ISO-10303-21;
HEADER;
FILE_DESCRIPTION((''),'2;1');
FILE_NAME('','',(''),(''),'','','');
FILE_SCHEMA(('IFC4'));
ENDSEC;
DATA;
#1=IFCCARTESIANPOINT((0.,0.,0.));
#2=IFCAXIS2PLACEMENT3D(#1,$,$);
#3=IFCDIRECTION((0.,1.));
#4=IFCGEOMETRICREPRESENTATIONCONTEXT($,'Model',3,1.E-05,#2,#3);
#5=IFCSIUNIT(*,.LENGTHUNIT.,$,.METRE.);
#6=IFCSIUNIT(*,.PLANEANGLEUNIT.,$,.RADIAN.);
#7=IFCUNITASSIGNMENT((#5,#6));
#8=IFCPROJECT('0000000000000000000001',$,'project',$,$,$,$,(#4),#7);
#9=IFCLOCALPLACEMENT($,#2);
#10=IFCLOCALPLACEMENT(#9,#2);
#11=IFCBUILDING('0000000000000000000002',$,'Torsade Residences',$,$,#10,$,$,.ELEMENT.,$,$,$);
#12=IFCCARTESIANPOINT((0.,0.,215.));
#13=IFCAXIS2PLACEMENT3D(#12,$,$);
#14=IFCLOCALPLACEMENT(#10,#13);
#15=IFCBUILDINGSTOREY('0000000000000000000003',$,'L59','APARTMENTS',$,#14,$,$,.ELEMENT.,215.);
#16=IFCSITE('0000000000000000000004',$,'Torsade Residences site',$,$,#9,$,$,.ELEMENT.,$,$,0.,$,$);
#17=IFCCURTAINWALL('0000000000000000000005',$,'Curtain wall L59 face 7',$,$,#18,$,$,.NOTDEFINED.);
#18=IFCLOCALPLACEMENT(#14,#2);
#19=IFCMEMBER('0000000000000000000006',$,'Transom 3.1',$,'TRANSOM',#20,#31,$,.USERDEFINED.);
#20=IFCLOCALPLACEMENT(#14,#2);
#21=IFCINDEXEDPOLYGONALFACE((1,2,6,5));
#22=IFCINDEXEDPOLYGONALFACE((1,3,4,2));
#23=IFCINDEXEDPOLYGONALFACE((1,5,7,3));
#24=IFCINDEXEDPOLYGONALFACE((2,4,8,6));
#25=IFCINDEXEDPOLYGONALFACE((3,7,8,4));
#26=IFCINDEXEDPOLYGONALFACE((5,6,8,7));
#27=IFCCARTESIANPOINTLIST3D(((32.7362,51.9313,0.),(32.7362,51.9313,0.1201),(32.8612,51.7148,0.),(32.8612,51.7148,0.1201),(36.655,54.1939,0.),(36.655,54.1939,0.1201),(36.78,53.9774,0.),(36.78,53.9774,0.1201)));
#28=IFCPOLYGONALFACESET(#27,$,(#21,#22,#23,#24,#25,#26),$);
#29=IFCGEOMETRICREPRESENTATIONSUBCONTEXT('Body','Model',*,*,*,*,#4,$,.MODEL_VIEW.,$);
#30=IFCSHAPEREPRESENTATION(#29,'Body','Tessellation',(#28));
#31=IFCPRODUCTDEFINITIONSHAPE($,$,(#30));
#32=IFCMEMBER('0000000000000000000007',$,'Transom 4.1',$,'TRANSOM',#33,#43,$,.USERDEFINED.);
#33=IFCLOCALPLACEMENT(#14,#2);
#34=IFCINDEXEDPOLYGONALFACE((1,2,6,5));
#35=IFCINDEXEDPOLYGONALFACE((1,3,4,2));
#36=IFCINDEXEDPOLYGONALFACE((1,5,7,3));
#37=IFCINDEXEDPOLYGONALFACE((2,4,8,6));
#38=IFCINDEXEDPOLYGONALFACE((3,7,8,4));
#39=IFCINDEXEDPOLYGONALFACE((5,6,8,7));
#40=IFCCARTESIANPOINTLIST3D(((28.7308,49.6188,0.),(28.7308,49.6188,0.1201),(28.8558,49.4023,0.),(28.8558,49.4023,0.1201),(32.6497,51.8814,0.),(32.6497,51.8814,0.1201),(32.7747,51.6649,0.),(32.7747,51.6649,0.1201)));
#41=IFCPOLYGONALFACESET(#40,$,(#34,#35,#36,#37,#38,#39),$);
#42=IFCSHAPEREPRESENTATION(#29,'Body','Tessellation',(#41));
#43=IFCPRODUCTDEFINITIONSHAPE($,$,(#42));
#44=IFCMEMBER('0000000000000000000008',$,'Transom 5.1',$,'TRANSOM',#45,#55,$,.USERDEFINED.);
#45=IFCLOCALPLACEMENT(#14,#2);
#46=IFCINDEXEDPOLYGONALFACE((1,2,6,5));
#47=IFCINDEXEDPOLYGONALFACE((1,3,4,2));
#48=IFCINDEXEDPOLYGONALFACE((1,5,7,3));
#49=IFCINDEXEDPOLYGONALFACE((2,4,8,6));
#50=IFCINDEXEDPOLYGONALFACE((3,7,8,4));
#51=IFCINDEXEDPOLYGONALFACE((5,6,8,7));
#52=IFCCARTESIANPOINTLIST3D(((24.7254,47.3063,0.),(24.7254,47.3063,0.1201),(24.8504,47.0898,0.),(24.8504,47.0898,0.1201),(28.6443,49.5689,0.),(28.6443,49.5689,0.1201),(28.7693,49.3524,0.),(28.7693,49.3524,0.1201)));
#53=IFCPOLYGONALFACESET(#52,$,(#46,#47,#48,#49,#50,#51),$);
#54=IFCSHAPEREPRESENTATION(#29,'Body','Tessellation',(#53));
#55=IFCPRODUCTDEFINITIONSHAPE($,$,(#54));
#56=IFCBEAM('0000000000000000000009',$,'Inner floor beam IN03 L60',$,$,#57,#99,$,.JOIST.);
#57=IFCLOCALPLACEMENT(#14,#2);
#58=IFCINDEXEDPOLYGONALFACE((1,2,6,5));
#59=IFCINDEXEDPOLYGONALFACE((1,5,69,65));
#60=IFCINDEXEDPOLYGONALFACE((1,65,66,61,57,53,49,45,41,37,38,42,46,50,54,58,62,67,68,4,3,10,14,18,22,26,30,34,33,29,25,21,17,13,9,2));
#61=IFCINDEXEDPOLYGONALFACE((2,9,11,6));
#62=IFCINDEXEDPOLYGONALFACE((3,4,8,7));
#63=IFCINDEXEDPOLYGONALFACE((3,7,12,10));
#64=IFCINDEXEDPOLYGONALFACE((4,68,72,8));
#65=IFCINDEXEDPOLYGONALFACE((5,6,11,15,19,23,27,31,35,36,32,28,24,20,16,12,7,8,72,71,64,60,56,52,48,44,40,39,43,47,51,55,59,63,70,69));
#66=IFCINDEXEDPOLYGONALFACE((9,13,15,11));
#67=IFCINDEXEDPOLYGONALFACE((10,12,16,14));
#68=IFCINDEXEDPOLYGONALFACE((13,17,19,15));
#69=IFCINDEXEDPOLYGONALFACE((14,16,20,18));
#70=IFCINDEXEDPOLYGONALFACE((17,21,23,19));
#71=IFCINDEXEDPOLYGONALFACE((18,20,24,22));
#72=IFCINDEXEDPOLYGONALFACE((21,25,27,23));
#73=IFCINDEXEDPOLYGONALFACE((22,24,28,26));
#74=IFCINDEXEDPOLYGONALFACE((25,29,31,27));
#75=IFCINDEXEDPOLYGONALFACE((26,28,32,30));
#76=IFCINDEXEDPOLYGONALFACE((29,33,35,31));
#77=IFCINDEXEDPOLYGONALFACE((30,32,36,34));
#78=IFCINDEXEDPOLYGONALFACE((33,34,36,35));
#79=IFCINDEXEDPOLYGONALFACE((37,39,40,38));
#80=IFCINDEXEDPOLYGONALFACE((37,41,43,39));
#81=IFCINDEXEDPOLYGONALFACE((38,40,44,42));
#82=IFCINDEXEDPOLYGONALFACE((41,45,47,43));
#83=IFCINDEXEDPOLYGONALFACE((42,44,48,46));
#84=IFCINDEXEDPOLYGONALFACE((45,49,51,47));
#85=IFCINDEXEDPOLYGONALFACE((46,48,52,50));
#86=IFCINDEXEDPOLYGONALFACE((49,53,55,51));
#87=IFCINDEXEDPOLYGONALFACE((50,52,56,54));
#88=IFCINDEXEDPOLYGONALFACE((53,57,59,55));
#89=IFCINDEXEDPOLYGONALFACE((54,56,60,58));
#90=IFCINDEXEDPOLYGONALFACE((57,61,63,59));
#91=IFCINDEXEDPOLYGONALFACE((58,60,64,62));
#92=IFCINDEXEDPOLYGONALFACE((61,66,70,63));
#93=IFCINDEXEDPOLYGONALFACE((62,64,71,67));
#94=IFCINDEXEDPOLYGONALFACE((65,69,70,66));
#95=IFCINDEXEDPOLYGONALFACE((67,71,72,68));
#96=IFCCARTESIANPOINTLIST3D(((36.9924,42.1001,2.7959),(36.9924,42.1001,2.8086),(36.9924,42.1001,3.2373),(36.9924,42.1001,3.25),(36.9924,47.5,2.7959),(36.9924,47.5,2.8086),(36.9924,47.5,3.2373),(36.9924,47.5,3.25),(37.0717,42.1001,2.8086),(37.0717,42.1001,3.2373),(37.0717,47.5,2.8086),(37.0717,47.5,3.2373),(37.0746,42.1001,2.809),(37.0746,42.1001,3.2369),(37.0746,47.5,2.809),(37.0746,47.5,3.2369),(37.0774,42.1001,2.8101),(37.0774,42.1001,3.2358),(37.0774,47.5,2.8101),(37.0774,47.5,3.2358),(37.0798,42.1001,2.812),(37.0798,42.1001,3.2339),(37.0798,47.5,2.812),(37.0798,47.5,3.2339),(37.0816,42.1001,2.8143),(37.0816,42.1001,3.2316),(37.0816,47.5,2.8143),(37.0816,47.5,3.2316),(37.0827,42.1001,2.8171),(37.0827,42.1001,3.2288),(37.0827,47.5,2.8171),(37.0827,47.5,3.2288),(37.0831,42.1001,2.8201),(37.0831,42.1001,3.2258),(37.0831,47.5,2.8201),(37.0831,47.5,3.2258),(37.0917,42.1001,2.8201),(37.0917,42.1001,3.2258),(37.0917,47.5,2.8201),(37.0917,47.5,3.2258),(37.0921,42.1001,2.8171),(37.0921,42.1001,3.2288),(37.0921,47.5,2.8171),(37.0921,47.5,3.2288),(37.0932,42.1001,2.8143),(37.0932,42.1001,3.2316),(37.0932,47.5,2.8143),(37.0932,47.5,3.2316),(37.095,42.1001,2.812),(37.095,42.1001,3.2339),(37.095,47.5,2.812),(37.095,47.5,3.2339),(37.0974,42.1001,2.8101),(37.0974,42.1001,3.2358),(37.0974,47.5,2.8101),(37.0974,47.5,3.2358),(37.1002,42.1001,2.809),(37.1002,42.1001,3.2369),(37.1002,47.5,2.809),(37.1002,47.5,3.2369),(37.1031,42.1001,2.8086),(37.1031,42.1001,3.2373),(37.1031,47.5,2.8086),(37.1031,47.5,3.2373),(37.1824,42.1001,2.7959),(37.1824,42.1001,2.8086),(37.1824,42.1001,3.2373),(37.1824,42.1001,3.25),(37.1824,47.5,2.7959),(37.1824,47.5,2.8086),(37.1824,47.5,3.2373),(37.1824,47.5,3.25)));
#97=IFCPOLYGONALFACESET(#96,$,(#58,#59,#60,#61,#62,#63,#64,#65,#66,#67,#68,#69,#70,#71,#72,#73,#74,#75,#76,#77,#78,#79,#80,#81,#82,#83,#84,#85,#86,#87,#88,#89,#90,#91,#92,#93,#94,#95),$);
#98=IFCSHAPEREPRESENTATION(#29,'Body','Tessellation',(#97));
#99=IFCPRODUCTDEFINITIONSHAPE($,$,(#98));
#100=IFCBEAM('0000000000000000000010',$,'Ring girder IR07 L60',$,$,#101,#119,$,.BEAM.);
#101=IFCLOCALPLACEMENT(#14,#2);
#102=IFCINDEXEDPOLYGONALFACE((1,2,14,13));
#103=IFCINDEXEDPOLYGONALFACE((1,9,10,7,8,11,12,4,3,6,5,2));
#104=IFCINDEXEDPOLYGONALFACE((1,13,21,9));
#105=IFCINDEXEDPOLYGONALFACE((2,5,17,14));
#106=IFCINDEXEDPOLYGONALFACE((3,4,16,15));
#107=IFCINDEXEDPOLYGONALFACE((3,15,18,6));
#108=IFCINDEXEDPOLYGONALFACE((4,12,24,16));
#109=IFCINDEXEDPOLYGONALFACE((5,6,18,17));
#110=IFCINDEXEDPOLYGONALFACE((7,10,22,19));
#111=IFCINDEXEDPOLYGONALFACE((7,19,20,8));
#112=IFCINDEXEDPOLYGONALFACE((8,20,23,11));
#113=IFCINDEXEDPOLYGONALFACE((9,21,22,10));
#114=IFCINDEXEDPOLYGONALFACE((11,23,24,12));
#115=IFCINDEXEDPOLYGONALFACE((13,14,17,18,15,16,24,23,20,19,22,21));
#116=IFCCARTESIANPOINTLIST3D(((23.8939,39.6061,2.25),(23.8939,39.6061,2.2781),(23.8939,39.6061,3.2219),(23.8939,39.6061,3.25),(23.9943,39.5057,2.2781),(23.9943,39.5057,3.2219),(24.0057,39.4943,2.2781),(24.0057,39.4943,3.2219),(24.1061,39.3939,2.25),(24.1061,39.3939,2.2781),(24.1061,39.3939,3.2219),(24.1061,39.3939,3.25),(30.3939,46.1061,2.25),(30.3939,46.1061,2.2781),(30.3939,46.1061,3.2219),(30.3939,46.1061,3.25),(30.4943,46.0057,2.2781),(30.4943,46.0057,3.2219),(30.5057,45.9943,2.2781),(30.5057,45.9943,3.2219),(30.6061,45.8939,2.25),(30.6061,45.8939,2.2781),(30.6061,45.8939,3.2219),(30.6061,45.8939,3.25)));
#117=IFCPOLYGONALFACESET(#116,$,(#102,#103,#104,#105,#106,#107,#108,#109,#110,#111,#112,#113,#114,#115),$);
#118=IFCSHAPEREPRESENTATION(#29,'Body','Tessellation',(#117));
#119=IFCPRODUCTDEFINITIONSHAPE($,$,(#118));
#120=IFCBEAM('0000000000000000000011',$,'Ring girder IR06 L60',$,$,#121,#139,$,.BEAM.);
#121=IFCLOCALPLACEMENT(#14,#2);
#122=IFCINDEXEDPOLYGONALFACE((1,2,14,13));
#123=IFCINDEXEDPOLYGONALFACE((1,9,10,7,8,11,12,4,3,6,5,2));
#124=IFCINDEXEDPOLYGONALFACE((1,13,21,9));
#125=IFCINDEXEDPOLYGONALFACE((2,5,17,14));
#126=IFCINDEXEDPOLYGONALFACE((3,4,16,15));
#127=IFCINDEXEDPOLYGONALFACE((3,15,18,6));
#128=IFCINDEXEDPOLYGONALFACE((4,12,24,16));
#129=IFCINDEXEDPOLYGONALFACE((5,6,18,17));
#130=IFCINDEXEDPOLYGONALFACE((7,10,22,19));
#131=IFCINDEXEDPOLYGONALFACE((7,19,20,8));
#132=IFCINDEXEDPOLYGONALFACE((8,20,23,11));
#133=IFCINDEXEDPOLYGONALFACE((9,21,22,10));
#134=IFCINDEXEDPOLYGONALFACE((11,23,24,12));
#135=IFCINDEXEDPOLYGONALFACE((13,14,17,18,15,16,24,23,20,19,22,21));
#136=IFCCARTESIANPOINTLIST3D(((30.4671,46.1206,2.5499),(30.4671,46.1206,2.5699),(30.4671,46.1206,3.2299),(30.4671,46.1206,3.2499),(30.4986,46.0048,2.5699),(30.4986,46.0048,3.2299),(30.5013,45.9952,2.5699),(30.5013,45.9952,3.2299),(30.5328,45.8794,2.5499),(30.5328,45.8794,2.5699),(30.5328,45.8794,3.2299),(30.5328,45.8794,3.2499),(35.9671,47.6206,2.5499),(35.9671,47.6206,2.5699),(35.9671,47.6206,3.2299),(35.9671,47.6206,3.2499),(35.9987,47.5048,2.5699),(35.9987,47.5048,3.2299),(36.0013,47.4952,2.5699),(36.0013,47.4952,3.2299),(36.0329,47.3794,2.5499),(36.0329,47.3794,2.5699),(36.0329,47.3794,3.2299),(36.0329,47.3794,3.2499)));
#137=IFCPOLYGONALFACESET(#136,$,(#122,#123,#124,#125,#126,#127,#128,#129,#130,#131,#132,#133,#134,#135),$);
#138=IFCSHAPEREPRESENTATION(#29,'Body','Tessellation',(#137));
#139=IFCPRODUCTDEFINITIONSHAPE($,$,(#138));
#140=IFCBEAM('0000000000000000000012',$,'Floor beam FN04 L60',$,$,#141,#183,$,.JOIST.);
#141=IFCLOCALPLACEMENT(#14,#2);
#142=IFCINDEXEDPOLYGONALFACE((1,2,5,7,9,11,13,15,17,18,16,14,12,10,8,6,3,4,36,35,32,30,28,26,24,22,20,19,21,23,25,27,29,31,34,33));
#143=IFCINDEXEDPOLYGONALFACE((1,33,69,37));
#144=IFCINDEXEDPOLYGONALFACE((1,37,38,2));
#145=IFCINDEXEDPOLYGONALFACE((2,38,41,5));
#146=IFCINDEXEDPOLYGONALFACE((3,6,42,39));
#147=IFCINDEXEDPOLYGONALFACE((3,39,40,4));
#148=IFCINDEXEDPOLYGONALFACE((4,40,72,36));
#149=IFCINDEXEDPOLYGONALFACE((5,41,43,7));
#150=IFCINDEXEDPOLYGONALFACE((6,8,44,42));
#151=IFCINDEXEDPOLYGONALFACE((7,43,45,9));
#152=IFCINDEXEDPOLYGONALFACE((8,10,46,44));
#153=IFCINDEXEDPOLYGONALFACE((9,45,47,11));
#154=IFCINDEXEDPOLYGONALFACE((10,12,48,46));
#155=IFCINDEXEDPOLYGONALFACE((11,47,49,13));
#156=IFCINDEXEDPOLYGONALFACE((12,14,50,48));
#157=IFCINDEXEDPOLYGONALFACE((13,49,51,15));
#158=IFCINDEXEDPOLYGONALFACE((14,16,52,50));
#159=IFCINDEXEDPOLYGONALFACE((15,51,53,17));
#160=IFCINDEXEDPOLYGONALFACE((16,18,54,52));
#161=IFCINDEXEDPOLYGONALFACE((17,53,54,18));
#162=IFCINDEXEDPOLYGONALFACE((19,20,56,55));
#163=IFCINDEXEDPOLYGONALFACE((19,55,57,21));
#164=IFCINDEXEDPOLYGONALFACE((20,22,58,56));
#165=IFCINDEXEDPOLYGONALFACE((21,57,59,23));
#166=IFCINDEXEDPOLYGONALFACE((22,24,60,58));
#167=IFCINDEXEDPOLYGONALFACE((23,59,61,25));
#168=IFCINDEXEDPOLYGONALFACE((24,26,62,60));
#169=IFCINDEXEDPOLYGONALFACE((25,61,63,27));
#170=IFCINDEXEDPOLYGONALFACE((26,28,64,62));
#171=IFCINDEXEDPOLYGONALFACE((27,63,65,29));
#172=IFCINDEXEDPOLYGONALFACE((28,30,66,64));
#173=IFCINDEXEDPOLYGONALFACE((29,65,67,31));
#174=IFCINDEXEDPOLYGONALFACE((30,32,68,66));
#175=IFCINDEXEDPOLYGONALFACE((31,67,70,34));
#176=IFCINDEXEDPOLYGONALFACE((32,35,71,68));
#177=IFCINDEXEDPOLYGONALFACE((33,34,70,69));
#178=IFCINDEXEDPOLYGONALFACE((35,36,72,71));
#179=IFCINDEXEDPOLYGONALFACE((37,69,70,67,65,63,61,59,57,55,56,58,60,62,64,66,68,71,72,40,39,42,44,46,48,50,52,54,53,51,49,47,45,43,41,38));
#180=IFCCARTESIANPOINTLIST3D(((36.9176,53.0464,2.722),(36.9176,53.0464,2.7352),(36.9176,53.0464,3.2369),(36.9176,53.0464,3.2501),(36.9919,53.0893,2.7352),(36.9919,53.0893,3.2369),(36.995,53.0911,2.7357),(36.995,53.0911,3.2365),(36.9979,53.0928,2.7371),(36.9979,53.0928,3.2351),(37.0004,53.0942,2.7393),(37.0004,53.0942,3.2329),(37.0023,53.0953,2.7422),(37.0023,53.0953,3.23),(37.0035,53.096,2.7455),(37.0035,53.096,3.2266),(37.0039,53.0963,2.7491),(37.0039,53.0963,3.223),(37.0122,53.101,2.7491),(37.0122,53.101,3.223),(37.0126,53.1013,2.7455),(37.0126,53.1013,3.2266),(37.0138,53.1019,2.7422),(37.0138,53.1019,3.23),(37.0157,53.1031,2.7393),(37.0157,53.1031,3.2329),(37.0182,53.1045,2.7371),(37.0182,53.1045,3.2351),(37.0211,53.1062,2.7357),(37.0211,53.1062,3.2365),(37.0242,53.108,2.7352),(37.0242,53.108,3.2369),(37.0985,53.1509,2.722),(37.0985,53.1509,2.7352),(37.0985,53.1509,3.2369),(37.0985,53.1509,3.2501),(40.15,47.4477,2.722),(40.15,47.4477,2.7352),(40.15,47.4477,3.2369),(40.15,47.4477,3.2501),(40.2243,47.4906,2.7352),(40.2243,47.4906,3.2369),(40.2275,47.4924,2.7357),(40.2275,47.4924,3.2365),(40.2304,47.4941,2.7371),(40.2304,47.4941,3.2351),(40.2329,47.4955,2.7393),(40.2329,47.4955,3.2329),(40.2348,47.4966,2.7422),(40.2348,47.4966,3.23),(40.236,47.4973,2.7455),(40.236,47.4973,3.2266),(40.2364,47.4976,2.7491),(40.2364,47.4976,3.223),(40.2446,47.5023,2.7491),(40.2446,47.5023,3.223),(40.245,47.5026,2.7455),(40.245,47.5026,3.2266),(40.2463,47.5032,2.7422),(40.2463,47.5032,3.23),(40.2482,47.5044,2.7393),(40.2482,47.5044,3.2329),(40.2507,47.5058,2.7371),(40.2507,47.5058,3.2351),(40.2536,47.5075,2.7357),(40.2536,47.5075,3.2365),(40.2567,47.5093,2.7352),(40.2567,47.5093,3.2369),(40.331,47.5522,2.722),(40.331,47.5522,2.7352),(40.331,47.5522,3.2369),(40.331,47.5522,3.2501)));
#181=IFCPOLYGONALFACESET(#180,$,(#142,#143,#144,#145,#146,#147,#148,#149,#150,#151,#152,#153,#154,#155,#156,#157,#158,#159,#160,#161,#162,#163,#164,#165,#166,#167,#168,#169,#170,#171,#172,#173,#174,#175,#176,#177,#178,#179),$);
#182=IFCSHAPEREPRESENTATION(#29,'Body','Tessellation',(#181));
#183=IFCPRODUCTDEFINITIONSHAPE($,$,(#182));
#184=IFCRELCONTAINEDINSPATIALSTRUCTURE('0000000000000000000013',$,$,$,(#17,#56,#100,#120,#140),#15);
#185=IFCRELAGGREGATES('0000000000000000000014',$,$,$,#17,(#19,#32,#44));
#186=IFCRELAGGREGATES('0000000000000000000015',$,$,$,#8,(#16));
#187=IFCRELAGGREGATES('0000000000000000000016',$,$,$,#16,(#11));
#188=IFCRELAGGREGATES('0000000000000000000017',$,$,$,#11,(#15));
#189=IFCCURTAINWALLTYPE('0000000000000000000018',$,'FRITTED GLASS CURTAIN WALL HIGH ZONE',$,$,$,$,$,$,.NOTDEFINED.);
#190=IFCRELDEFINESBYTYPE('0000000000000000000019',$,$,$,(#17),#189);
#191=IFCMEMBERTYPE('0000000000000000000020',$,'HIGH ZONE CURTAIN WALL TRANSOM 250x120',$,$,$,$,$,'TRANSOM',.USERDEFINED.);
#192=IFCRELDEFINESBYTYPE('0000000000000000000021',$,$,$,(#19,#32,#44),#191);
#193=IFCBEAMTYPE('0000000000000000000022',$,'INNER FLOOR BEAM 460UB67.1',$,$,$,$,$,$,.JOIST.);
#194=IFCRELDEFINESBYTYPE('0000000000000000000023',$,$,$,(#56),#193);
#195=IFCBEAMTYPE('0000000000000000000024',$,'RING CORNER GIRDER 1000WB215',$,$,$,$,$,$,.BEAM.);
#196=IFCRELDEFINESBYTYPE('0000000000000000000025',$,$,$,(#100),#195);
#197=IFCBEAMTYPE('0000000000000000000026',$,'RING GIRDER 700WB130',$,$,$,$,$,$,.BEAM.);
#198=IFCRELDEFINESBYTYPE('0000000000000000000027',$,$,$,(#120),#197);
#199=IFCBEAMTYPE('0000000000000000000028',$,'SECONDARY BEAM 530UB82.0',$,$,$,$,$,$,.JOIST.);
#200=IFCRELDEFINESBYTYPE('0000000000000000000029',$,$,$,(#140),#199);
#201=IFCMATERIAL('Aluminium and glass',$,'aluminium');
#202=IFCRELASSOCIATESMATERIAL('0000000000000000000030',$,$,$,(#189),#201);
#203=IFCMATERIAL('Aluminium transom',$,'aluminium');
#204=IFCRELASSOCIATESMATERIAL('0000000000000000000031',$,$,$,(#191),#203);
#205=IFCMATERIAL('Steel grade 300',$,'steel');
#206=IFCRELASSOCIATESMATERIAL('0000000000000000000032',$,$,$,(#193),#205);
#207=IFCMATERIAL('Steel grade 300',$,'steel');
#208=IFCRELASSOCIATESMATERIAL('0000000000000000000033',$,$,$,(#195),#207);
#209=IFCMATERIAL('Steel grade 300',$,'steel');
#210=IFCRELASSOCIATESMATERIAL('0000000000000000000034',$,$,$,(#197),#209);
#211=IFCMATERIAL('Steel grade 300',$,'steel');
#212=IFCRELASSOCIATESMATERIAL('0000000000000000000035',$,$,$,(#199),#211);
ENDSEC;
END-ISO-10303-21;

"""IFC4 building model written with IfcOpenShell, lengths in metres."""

from ifc_helpers import new_model, si_unit, direction, frame, origin, origin_2d, place, context, subcontext, project, spatial, rectangle, i_section, extrude, material, material_profile, profile_set, type_object, element, aggregate, save


model = new_model("IFC4")

# Units and contexts
model_context = context("Model", 3, precision=1e-05, world=origin(), true_north=direction((0.0, 1.0)))
body_context = subcontext(model_context, "Body", "Model", "MODEL_VIEW")
ifc_project = project(units=[si_unit("LENGTHUNIT", "METRE"), si_unit("PLANEANGLEUNIT", "RADIAN")], contexts=[model_context])

# Site, building, storey
site_placement = place(None, origin())
site = spatial("IfcSite", under=ifc_project, at=site_placement, Name="Torsade Residences site", CompositionType="ELEMENT", RefElevation=0.0)
building_placement = place(site_placement, origin())
building = spatial("IfcBuilding", under=site, at=building_placement, Name="Torsade Residences", CompositionType="ELEMENT")
storey_placement = place(building_placement, frame((0.0, 0.0, 215.0)))
storey = spatial("IfcBuildingStorey", under=building, at=storey_placement, Name="L59", Description="APARTMENTS", CompositionType="ELEMENT", Elevation=215.0)

# Curtain wall, members
ifc_material_1 = material(Name="Aluminium and glass", Category="aluminium")
curtain_wall_type = type_object("IfcCurtainWallType", Name="FRITTED GLASS CURTAIN WALL HIGH ZONE", PredefinedType="NOTDEFINED", material=ifc_material_1)
curtain_wall_placement = place(storey_placement, origin())
curtain_wall = element("IfcCurtainWall", 1, at=curtain_wall_placement, inside=storey, type_object=curtain_wall_type, Name="Curtain wall L59 face 7", PredefinedType="NOTDEFINED")
ifc_material_2 = material(Name="Aluminium transom", Category="aluminium")
ifc_material_profile_1 = material_profile(ifc_material_2, rectangle(XDim=0.25, YDim=0.1201, at=origin_2d()), Name="HIGH ZONE CURTAIN WALL TRANSOM 250x120")
ifc_profile_set_1 = profile_set([ifc_material_profile_1], Name="Aluminium transom")
member_type_1 = type_object("IfcMemberType", Name="HIGH ZONE CURTAIN WALL TRANSOM 250x120", ElementType="TRANSOM", PredefinedType="USERDEFINED", material=ifc_profile_set_1)
member_1_placement = place(storey_placement, frame((36.7175, 54.0857, 0.0601), z_axis=(-0.866017, -0.500015, 0.0), x_axis=(0.500015, -0.866017, 0.0)))
member_1 = element("IfcMember", 2, at=member_1_placement, type_object=member_type_1, Name="Transom 3.1", ObjectType="TRANSOM", PredefinedType="USERDEFINED", context=body_context, shape_type="SweptSolid", body=[
    extrude(rectangle(XDim=0.25, YDim=0.1201, at=origin_2d()), origin(), (0.0, 0.0, 1.0), 4.5251),
])
member_2_placement = place(storey_placement, frame((32.7122, 51.7732, 0.0601), z_axis=(-0.866017, -0.500015, 0.0), x_axis=(0.500015, -0.866017, 0.0)))
member_2 = element("IfcMember", 3, at=member_2_placement, type_object=member_type_1, Name="Transom 4.1", ObjectType="TRANSOM", PredefinedType="USERDEFINED", context=body_context, shape_type="SweptSolid", body=[
    extrude(rectangle(XDim=0.25, YDim=0.1201, at=origin_2d()), origin(), (0.0, 0.0, 1.0), 4.5251),
])
member_3_placement = place(storey_placement, frame((28.7068, 49.4607, 0.0601), z_axis=(-0.866017, -0.500015, 0.0), x_axis=(0.500015, -0.866017, 0.0)))
member_3 = element("IfcMember", 4, at=member_3_placement, type_object=member_type_1, Name="Transom 5.1", ObjectType="TRANSOM", PredefinedType="USERDEFINED", context=body_context, shape_type="SweptSolid", body=[
    extrude(rectangle(XDim=0.25, YDim=0.1201, at=origin_2d()), origin(), (0.0, 0.0, 1.0), 4.5251),
])

# Beams
ifc_material_3 = material(Name="Steel grade 300", Category="steel")
ifc_material_profile_2 = material_profile(ifc_material_3, i_section(OverallWidth=0.1899, OverallDepth=0.4541, WebThickness=0.0085, FlangeThickness=0.0127, FilletRadius=0.0115, at=origin_2d()), Name="460UB67.1")
ifc_profile_set_2 = profile_set([ifc_material_profile_2], Name="Steel grade 300")
beam_type_1 = type_object("IfcBeamType", Name="INNER FLOOR BEAM 460UB67.1", PredefinedType="JOIST", material=ifc_profile_set_2)
beam_1_placement = place(storey_placement, frame((37.0874, 42.1001, 3.0229), z_axis=(0.0, 1.0, 0.0), x_axis=(-1.0, 0.0, 0.0)))
element("IfcBeam", 5, at=beam_1_placement, inside=storey, type_object=beam_type_1, Name="Inner floor beam IN03 L60", PredefinedType="JOIST", context=body_context, shape_type="SweptSolid", body=[
    extrude(i_section(OverallWidth=0.1899, OverallDepth=0.4541, WebThickness=0.0085, FlangeThickness=0.0127, FilletRadius=0.0115, at=origin_2d()), origin(), (0.0, 0.0, 1.0), 5.3999),
])
ifc_material_4 = material(Name="Steel grade 300", Category="steel")
ifc_material_profile_3 = material_profile(ifc_material_4, i_section(OverallWidth=0.3, OverallDepth=1.0, WebThickness=0.0161, FlangeThickness=0.0281, at=origin_2d()), Name="1000WB215")
ifc_profile_set_3 = profile_set([ifc_material_profile_3], Name="Steel grade 300")
beam_type_2 = type_object("IfcBeamType", Name="RING CORNER GIRDER 1000WB215", PredefinedType="BEAM", material=ifc_profile_set_3)
beam_2_placement = place(storey_placement, frame((30.5, 46.0, 2.75), z_axis=(-0.707107, -0.707107, 0.0), x_axis=(0.707107, -0.707107, 0.0)))
element("IfcBeam", 6, at=beam_2_placement, inside=storey, type_object=beam_type_2, Name="Ring girder IR07 L60", PredefinedType="BEAM", context=body_context, shape_type="SweptSolid", body=[
    extrude(i_section(OverallWidth=0.3, OverallDepth=1.0, WebThickness=0.0161, FlangeThickness=0.0281, at=origin_2d()), origin(), (0.0, 0.0, 1.0), 9.1924),
])
ifc_material_5 = material(Name="Steel grade 300", Category="steel")
ifc_material_profile_4 = material_profile(ifc_material_5, i_section(OverallWidth=0.25, OverallDepth=0.7, WebThickness=0.01, FlangeThickness=0.02, at=origin_2d()), Name="700WB130")
ifc_profile_set_4 = profile_set([ifc_material_profile_4], Name="Steel grade 300")
beam_type_3 = type_object("IfcBeamType", Name="RING GIRDER 700WB130", PredefinedType="BEAM", material=ifc_profile_set_4)
beam_3_placement = place(storey_placement, frame((36.0, 47.5, 2.8999), z_axis=(-0.964764, -0.263117, 0.0), x_axis=(0.263117, -0.964764, 0.0)))
element("IfcBeam", 7, at=beam_3_placement, inside=storey, type_object=beam_type_3, Name="Ring girder IR06 L60", PredefinedType="BEAM", context=body_context, shape_type="SweptSolid", body=[
    extrude(i_section(OverallWidth=0.25, OverallDepth=0.7, WebThickness=0.01, FlangeThickness=0.02, at=origin_2d()), origin(), (0.0, 0.0, 1.0), 5.7009),
])
ifc_material_6 = material(Name="Steel grade 300", Category="steel")
ifc_material_profile_5 = material_profile(ifc_material_6, i_section(OverallWidth=0.209, OverallDepth=0.5281, WebThickness=0.0095, FlangeThickness=0.0132, FilletRadius=0.0139, at=origin_2d()), Name="530UB82.0")
ifc_profile_set_5 = profile_set([ifc_material_profile_5], Name="Steel grade 300")
beam_type_4 = type_object("IfcBeamType", Name="SECONDARY BEAM 530UB82.0", PredefinedType="JOIST", material=ifc_profile_set_5)
beam_4_placement = place(storey_placement, frame((37.0081, 53.0986, 2.9861), z_axis=(0.500006, -0.866022, 0.0), x_axis=(0.866022, 0.500006, 0.0)))
element("IfcBeam", 8, at=beam_4_placement, inside=storey, type_object=beam_type_4, Name="Floor beam FN04 L60", PredefinedType="JOIST", context=body_context, shape_type="SweptSolid", body=[
    extrude(i_section(OverallWidth=0.209, OverallDepth=0.5281, WebThickness=0.0095, FlangeThickness=0.0132, FilletRadius=0.0139, at=origin_2d()), origin(), (0.0, 0.0, 1.0), 6.4648),
])

aggregate(curtain_wall, [member_1, member_2, member_3])

save(model, "model.ifc")
